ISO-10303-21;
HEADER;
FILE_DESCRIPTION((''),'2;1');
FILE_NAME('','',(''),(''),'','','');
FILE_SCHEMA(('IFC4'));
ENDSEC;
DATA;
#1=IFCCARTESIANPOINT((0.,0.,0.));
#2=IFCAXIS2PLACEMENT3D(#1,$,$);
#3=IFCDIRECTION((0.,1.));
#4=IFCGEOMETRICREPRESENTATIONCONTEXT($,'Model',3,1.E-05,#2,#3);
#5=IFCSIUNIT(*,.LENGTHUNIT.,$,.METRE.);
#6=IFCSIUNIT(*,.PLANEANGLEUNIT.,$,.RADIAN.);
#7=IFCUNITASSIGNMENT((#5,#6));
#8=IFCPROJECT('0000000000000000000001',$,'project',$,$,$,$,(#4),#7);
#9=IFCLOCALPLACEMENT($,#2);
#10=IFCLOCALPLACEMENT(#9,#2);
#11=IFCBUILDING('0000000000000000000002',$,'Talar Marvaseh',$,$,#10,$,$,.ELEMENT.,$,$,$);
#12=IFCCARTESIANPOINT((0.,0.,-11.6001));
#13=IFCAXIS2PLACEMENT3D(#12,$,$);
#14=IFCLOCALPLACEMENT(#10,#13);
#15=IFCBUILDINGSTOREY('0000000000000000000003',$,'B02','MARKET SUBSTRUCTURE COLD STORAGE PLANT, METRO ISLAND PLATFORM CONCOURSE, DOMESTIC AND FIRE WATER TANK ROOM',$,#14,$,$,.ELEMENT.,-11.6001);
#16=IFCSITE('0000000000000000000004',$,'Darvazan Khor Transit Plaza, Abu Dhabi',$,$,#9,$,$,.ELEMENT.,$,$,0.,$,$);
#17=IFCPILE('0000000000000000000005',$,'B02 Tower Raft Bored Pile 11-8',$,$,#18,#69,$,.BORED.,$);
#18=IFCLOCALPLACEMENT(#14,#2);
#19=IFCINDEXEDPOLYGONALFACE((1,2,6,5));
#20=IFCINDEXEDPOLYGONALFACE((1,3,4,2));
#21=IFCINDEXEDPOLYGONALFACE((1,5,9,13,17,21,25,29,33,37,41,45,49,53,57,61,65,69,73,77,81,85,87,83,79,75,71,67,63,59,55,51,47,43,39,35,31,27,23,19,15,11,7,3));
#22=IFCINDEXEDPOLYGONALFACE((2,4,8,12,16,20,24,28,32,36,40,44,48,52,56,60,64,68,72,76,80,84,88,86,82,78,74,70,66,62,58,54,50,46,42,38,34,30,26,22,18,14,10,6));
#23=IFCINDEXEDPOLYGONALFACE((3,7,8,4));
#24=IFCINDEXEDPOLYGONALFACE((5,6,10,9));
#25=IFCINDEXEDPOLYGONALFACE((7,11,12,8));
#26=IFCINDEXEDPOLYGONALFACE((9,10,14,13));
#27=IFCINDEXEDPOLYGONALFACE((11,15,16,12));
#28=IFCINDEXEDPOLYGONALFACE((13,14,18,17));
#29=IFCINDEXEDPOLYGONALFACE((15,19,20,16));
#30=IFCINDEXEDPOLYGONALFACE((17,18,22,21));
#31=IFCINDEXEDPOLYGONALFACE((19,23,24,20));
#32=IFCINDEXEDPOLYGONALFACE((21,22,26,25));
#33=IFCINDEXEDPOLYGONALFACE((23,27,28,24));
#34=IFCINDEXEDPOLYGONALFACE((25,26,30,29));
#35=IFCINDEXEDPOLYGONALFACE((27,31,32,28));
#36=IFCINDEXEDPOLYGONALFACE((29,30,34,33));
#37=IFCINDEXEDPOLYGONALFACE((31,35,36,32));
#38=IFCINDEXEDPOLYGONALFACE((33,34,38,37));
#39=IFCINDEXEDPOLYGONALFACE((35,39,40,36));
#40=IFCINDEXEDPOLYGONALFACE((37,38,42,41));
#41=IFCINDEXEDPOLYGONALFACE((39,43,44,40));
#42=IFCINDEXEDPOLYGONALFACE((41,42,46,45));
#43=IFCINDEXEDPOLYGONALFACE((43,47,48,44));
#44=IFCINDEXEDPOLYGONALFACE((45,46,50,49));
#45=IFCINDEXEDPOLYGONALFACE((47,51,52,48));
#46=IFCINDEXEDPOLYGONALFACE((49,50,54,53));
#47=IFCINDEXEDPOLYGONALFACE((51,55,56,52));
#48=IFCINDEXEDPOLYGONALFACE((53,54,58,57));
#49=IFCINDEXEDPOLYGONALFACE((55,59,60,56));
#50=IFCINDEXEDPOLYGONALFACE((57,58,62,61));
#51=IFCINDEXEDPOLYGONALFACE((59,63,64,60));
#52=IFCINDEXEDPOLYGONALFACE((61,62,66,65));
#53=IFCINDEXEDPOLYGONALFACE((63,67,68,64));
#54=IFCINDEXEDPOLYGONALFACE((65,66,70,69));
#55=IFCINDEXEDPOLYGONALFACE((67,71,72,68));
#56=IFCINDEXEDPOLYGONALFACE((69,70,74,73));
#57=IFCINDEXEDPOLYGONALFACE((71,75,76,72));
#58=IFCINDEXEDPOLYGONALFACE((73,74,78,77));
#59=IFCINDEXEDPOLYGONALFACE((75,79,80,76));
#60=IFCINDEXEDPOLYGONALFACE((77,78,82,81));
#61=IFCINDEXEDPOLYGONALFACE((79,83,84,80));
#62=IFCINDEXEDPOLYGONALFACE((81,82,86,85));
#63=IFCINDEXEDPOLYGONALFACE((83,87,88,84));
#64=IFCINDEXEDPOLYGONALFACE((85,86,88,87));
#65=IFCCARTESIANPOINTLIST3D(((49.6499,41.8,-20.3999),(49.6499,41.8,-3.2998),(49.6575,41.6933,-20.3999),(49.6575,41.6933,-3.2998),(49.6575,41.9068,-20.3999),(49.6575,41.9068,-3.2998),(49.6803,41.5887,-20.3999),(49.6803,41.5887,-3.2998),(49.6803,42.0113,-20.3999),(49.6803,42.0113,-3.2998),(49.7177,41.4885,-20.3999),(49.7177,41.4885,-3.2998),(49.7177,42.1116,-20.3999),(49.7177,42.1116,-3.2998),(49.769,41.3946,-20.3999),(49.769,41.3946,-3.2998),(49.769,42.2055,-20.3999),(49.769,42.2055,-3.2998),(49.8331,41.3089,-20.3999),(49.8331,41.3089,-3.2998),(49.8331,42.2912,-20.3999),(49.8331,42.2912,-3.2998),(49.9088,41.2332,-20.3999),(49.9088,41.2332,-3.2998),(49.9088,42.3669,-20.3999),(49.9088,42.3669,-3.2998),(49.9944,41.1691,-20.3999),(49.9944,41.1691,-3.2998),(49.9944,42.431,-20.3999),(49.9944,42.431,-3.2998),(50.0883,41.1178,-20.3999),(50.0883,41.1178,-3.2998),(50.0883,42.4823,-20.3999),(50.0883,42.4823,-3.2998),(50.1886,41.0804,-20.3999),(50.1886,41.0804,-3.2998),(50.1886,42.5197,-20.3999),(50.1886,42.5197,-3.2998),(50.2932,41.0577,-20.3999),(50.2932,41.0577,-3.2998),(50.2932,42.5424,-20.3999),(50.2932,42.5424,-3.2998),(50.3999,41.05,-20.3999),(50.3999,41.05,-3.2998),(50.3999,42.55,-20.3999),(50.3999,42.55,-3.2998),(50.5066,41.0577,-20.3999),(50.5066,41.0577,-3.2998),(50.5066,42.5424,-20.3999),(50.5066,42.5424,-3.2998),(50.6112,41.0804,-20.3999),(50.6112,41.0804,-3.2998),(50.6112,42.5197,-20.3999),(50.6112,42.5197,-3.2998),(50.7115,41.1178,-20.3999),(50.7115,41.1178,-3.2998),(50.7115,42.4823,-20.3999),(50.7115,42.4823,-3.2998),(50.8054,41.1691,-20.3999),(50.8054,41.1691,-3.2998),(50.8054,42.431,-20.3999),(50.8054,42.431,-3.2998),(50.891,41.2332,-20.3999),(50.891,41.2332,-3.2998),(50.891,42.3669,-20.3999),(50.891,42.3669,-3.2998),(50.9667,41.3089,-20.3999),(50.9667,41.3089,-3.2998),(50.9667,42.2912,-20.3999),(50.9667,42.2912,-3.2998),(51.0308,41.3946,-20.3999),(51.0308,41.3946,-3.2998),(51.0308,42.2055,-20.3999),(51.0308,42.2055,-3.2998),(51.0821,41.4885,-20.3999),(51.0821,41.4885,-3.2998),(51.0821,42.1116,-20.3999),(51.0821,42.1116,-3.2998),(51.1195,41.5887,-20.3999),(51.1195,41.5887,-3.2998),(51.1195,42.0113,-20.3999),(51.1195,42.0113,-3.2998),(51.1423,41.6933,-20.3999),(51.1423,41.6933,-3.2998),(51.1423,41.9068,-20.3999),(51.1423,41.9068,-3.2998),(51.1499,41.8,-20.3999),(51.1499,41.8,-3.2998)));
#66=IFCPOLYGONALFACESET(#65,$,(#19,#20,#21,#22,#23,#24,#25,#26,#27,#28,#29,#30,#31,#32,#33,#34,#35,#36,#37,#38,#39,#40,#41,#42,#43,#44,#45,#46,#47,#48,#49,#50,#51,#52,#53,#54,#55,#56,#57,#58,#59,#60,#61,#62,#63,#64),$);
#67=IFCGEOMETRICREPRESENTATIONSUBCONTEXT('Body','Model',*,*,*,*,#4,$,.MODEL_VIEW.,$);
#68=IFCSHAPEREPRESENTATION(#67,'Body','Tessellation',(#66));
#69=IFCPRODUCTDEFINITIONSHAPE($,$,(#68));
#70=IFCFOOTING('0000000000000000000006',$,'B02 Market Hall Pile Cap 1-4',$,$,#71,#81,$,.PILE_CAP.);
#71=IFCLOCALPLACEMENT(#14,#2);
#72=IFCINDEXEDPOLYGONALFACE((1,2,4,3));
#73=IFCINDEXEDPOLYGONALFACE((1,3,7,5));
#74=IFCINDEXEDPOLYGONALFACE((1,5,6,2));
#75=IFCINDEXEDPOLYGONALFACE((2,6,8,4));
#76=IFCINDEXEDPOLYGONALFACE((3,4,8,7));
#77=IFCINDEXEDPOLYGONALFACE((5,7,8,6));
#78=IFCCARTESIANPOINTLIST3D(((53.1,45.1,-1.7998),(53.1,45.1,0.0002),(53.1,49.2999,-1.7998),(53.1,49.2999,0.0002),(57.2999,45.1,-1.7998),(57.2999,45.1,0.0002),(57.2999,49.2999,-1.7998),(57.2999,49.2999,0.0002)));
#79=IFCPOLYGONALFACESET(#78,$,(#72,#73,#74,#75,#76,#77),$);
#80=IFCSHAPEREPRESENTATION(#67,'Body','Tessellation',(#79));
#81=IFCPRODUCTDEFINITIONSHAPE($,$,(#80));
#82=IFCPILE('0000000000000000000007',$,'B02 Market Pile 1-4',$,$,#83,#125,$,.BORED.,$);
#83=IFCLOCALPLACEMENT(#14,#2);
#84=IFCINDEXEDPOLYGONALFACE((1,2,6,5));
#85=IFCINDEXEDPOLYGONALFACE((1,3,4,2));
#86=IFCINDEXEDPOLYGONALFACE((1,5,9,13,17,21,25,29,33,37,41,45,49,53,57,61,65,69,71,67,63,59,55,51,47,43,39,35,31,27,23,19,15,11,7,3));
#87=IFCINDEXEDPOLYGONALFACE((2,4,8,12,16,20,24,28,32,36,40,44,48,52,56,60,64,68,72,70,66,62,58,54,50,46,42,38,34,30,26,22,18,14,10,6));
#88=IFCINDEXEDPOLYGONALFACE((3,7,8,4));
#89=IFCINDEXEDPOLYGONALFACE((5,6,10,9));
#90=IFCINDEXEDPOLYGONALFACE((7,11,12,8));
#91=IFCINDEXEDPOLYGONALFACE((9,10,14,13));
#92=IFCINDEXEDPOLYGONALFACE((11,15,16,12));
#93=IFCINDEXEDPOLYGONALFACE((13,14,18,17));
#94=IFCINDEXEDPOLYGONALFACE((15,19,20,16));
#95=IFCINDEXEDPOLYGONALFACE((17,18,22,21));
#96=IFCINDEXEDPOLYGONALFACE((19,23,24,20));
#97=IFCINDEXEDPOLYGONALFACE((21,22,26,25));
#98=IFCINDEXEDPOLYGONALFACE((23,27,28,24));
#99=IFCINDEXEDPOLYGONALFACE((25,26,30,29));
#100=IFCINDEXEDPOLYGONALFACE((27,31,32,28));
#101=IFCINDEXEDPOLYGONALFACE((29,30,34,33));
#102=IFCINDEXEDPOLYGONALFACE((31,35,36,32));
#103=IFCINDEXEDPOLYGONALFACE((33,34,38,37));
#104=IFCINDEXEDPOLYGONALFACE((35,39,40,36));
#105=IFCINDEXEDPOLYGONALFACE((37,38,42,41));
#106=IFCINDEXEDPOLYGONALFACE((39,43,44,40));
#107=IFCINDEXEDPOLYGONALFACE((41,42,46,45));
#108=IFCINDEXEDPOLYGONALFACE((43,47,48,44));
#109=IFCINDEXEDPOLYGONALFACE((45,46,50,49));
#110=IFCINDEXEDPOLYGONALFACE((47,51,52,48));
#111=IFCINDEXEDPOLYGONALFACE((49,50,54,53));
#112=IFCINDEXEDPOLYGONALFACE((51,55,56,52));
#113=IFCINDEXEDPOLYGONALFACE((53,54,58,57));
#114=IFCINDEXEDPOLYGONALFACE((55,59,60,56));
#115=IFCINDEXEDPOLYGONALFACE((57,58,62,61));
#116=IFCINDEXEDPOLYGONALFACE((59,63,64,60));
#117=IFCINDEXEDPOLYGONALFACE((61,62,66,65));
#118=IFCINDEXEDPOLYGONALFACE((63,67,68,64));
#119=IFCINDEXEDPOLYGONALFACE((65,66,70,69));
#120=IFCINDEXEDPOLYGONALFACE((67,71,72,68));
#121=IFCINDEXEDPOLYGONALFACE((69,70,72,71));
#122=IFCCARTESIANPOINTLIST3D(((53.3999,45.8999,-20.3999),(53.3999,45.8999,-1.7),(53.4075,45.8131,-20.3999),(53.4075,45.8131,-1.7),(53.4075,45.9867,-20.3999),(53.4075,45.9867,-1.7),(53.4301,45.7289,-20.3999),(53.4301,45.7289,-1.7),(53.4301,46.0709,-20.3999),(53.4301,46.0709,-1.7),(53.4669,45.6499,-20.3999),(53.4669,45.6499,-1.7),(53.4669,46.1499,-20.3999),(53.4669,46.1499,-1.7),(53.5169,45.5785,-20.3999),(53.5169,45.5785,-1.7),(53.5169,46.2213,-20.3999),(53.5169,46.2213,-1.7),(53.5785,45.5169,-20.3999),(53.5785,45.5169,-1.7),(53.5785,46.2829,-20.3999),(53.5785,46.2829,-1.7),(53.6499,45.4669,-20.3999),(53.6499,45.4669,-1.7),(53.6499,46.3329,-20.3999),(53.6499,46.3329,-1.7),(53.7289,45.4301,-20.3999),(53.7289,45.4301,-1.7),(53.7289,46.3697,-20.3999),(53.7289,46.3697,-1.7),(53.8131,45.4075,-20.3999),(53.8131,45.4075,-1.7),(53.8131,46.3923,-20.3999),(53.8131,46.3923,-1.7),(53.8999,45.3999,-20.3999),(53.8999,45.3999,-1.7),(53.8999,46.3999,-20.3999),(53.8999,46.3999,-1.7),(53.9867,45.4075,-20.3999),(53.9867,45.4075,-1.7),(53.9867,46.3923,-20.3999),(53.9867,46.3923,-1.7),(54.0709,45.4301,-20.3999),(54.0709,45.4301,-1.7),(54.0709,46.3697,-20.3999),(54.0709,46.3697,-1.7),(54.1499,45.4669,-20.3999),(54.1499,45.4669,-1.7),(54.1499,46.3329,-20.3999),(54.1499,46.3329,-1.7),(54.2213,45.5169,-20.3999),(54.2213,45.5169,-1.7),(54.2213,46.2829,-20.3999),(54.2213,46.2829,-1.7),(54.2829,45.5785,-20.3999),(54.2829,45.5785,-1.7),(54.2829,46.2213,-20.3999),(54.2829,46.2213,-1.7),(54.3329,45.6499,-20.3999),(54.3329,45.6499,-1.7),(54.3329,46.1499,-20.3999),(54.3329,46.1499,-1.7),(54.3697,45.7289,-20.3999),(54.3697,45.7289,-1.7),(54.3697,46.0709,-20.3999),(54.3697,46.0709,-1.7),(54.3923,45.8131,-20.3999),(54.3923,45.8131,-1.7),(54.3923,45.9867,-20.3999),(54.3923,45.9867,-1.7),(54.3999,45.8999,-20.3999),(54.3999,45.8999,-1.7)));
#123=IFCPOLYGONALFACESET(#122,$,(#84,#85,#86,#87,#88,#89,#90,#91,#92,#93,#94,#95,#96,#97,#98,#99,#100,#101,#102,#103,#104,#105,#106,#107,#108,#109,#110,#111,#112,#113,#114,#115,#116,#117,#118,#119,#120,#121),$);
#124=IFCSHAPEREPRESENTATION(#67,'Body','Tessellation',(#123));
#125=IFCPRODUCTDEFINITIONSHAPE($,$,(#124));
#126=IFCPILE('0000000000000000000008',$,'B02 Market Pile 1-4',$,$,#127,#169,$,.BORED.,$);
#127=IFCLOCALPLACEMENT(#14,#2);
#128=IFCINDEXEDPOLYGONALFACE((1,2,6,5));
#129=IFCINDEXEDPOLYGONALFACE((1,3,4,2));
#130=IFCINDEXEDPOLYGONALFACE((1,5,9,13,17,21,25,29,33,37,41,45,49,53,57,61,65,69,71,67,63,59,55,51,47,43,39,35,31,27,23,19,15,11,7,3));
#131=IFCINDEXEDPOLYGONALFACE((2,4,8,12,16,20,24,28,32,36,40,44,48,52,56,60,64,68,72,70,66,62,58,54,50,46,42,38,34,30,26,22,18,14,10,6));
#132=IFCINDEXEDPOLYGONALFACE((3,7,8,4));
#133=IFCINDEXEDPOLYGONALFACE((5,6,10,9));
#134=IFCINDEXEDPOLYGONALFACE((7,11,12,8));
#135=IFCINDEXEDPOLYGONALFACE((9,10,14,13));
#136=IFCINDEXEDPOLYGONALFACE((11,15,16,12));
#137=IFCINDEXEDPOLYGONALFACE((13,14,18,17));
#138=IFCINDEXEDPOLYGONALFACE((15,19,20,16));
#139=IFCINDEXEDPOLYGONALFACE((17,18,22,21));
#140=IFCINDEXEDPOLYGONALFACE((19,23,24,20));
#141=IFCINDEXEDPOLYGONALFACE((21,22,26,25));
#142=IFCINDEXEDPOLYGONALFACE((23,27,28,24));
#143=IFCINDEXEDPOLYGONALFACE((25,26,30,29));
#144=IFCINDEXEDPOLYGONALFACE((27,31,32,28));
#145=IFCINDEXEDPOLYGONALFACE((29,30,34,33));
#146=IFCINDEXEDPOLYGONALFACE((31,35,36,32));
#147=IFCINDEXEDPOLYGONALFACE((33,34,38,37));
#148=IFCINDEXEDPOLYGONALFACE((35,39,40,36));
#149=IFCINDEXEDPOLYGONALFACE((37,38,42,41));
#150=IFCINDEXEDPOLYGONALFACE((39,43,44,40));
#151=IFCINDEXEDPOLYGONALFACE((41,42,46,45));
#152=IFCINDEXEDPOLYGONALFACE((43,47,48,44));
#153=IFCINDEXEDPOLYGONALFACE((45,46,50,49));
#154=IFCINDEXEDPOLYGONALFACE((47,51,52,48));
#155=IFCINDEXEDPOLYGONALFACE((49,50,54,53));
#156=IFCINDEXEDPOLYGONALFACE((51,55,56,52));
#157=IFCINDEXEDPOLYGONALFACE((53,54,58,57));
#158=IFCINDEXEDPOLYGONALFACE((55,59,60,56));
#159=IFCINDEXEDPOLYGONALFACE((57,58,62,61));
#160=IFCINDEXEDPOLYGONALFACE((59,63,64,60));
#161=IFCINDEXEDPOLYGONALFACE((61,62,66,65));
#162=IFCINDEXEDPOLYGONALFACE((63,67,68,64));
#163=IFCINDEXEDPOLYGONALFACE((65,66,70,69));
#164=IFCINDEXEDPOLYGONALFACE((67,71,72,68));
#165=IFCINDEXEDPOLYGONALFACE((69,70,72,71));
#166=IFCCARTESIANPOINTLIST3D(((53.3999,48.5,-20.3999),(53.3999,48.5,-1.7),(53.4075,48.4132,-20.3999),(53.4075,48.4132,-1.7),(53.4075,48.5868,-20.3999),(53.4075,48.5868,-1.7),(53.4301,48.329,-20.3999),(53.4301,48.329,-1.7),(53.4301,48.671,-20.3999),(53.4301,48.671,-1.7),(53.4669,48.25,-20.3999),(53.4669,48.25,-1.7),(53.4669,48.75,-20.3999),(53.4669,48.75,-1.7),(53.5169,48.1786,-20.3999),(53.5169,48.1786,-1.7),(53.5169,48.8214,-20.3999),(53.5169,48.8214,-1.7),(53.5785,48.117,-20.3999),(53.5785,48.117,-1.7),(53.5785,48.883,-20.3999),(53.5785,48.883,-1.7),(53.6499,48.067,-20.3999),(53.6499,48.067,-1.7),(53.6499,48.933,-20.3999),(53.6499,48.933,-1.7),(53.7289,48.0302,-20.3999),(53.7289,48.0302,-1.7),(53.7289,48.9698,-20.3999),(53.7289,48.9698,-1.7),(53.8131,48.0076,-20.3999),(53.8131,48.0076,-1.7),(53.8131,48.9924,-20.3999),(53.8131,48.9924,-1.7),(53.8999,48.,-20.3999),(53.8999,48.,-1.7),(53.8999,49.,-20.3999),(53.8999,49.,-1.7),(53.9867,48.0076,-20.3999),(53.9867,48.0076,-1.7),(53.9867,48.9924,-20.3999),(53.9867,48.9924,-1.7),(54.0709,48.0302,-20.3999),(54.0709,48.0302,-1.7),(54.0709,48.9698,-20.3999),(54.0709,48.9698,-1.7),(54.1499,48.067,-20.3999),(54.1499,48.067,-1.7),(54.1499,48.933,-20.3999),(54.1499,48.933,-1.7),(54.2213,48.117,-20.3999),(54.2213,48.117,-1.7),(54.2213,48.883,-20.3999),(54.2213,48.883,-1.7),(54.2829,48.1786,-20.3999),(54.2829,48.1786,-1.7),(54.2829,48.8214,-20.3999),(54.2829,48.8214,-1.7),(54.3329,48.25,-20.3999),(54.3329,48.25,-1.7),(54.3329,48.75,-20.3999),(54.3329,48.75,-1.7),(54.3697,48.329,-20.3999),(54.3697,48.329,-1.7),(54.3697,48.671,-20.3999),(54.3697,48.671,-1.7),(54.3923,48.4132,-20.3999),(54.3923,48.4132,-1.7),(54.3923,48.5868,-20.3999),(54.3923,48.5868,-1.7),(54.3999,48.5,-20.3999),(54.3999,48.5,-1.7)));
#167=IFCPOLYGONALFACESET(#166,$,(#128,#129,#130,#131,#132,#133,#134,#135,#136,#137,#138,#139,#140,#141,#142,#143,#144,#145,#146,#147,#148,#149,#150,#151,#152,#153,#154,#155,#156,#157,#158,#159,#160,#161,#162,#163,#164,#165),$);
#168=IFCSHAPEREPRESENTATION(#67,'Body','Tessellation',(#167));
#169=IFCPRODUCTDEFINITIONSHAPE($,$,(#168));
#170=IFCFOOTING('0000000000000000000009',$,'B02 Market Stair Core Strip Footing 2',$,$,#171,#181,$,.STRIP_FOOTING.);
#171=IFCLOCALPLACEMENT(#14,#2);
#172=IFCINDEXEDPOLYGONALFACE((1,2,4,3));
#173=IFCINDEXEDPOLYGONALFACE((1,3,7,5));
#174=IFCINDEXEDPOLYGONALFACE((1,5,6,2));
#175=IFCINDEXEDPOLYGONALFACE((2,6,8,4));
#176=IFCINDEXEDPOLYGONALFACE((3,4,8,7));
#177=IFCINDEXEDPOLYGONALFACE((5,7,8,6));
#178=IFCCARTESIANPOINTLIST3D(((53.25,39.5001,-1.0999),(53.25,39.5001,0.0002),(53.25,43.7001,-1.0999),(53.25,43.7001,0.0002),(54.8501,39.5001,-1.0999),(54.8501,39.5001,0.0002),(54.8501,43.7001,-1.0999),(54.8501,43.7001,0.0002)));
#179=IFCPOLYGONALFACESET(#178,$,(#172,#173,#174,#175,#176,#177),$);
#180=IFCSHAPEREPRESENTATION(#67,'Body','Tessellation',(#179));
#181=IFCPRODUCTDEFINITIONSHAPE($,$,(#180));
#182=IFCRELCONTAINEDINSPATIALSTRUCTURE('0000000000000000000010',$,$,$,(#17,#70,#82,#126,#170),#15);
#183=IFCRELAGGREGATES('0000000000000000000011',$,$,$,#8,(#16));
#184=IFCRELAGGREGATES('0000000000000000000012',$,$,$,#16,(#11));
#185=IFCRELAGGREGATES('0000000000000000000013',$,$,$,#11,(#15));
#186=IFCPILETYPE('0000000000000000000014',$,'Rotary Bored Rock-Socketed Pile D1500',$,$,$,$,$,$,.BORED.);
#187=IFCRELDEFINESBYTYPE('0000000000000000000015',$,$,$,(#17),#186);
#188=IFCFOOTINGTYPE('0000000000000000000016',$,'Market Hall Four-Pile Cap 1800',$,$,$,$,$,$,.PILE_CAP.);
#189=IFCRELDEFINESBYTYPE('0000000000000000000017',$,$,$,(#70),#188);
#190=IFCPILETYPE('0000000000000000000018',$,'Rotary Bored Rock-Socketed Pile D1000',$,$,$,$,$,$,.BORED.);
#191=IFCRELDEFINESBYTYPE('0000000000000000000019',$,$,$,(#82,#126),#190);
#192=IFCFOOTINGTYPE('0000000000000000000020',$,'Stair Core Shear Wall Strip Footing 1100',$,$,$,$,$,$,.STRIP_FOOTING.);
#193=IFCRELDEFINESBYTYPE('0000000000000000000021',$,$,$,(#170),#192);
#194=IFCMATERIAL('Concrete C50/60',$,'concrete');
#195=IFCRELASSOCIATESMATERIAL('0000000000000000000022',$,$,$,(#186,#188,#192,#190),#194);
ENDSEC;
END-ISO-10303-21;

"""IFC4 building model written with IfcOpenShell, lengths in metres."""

from ifc_helpers import new_model, si_unit, direction, frame, origin, origin_2d, place, context, subcontext, project, spatial, rectangle, circle, extrude, source, transform, mapped, material, material_profile, profile_set, type_object, type_shapes, element, save


model = new_model("IFC4")

# Units and contexts
model_context = context("Model", 3, precision=1e-05, world=origin(), true_north=direction((0.0, 1.0)))
body_context = subcontext(model_context, "Body", "Model", "MODEL_VIEW")
ifc_project = project(units=[si_unit("LENGTHUNIT", "METRE"), si_unit("PLANEANGLEUNIT", "RADIAN")], contexts=[model_context])

# Site, building, storey
site_placement = place(None, origin())
site = spatial("IfcSite", under=ifc_project, at=site_placement, Name="Darvazan Khor Transit Plaza, Abu Dhabi", CompositionType="ELEMENT", RefElevation=0.0)
building_placement = place(site_placement, origin())
building = spatial("IfcBuilding", under=site, at=building_placement, Name="Talar Marvaseh", CompositionType="ELEMENT")
storey_placement = place(building_placement, frame((0.0, 0.0, -11.6001)))
storey = spatial("IfcBuildingStorey", under=building, at=storey_placement, Name="B02", Description="MARKET SUBSTRUCTURE COLD STORAGE PLANT, METRO ISLAND PLATFORM CONCOURSE, DOMESTIC AND FIRE WATER TANK ROOM", CompositionType="ELEMENT", Elevation=-11.6001)

# Pile
ifc_material_1 = material(Name="Concrete C50/60", Category="concrete")
ifc_material_profile_1 = material_profile(ifc_material_1, circle(Radius=0.75, at=origin_2d()), Name="PILE-D1500")
ifc_profile_set_1 = profile_set([ifc_material_profile_1], Name="Concrete C50/60")
pile_type_1 = type_object("IfcPileType", Name="Rotary Bored Rock-Socketed Pile D1500", PredefinedType="BORED", material=ifc_profile_set_1)
shared_shape_1 = source(origin(), body_context, "Body", "SweptSolid", [
    extrude(circle(Radius=0.75, at=origin_2d()), origin(), (0.0, 0.0, 1.0), 17.1001),
])
type_shapes(pile_type_1, [shared_shape_1])
for number, where, z_axis, x_axis, name in (
    (1, (50.3999, 41.8, -3.2998), (0.0, 0.0, -1.0), (1.0, 0.0, 0.0), "B02 Tower Raft Bored Pile 11-8"),
):
    element("IfcPile", number, at=place(storey_placement, frame(where, z_axis=z_axis, x_axis=x_axis)), inside=storey, type_object=pile_type_1, Name=name, PredefinedType="BORED", context=body_context, shape_type="MappedRepresentation", body=[
        mapped(shared_shape_1, transform((0.0, 0.0, 0.0), x_axis=(1.0, 0.0, 0.0), y_axis=(0.0, 1.0, 0.0), z_axis=(0.0, 0.0, 1.0), scale=1.0)),
    ])

# Footing
footing_type_1 = type_object("IfcFootingType", Name="Market Hall Four-Pile Cap 1800", PredefinedType="PILE_CAP", material=ifc_material_1)
shared_shape_2 = source(origin(), body_context, "Body", "SweptSolid", [
    extrude(rectangle(XDim=4.2, YDim=4.2, at=origin_2d()), origin(), (0.0, 0.0, 1.0), 1.8),
])
type_shapes(footing_type_1, [shared_shape_2])
footing_1_placement = place(storey_placement, frame((55.2, 47.2, -1.7998), z_axis=(0.0, 0.0, 1.0), x_axis=(1.0, 0.0, 0.0)))
element("IfcFooting", 2, at=footing_1_placement, inside=storey, type_object=footing_type_1, Name="B02 Market Hall Pile Cap 1-4", PredefinedType="PILE_CAP", context=body_context, shape_type="MappedRepresentation", body=[
    mapped(shared_shape_2, transform((0.0, 0.0, 0.0), x_axis=(1.0, 0.0, 0.0), y_axis=(0.0, 1.0, 0.0), z_axis=(0.0, 0.0, 1.0), scale=1.0)),
])

# Piles
ifc_material_profile_2 = material_profile(ifc_material_1, circle(Radius=0.5, at=origin_2d()), Name="PILE-D1000")
ifc_profile_set_2 = profile_set([ifc_material_profile_2], Name="Concrete C50/60")
pile_type_2 = type_object("IfcPileType", Name="Rotary Bored Rock-Socketed Pile D1000", PredefinedType="BORED", material=ifc_profile_set_2)
shared_shape_3 = source(origin(), body_context, "Body", "SweptSolid", [
    extrude(circle(Radius=0.5, at=origin_2d()), origin(), (0.0, 0.0, 1.0), 18.7),
])
type_shapes(pile_type_2, [shared_shape_3])
for number, where, z_axis, x_axis, name in (
    (3, (53.8999, 45.8999, -1.7), (0.0, 0.0, -1.0), (1.0, 0.0, 0.0), "B02 Market Pile 1-4"),
    (4, (53.8999, 48.5, -1.7), (0.0, 0.0, -1.0), (1.0, 0.0, 0.0), "B02 Market Pile 1-4"),
):
    element("IfcPile", number, at=place(storey_placement, frame(where, z_axis=z_axis, x_axis=x_axis)), inside=storey, type_object=pile_type_2, Name=name, PredefinedType="BORED", context=body_context, shape_type="MappedRepresentation", body=[
        mapped(shared_shape_3, transform((0.0, 0.0, 0.0), x_axis=(1.0, 0.0, 0.0), y_axis=(0.0, 1.0, 0.0), z_axis=(0.0, 0.0, 1.0), scale=1.0)),
    ])

# Footing
footing_type_2 = type_object("IfcFootingType", Name="Stair Core Shear Wall Strip Footing 1100", PredefinedType="STRIP_FOOTING", material=ifc_material_1)
shared_shape_4 = source(origin(), body_context, "Body", "SweptSolid", [
    extrude(rectangle(XDim=4.2, YDim=1.6001, at=origin_2d()), origin(), (0.0, 0.0, 1.0), 1.1001),
])
type_shapes(footing_type_2, [shared_shape_4])
footing_2_placement = place(storey_placement, frame((54.05, 41.6001, -1.0999), z_axis=(0.0, 0.0, 1.0), x_axis=(0.0, 1.0, 0.0)))
element("IfcFooting", 5, at=footing_2_placement, inside=storey, type_object=footing_type_2, Name="B02 Market Stair Core Strip Footing 2", PredefinedType="STRIP_FOOTING", context=body_context, shape_type="MappedRepresentation", body=[
    mapped(shared_shape_4, transform((0.0, 0.0, 0.0), x_axis=(1.0, 0.0, 0.0), y_axis=(0.0, 1.0, 0.0), z_axis=(0.0, 0.0, 1.0), scale=1.0)),
])

save(model, "model.ifc")
